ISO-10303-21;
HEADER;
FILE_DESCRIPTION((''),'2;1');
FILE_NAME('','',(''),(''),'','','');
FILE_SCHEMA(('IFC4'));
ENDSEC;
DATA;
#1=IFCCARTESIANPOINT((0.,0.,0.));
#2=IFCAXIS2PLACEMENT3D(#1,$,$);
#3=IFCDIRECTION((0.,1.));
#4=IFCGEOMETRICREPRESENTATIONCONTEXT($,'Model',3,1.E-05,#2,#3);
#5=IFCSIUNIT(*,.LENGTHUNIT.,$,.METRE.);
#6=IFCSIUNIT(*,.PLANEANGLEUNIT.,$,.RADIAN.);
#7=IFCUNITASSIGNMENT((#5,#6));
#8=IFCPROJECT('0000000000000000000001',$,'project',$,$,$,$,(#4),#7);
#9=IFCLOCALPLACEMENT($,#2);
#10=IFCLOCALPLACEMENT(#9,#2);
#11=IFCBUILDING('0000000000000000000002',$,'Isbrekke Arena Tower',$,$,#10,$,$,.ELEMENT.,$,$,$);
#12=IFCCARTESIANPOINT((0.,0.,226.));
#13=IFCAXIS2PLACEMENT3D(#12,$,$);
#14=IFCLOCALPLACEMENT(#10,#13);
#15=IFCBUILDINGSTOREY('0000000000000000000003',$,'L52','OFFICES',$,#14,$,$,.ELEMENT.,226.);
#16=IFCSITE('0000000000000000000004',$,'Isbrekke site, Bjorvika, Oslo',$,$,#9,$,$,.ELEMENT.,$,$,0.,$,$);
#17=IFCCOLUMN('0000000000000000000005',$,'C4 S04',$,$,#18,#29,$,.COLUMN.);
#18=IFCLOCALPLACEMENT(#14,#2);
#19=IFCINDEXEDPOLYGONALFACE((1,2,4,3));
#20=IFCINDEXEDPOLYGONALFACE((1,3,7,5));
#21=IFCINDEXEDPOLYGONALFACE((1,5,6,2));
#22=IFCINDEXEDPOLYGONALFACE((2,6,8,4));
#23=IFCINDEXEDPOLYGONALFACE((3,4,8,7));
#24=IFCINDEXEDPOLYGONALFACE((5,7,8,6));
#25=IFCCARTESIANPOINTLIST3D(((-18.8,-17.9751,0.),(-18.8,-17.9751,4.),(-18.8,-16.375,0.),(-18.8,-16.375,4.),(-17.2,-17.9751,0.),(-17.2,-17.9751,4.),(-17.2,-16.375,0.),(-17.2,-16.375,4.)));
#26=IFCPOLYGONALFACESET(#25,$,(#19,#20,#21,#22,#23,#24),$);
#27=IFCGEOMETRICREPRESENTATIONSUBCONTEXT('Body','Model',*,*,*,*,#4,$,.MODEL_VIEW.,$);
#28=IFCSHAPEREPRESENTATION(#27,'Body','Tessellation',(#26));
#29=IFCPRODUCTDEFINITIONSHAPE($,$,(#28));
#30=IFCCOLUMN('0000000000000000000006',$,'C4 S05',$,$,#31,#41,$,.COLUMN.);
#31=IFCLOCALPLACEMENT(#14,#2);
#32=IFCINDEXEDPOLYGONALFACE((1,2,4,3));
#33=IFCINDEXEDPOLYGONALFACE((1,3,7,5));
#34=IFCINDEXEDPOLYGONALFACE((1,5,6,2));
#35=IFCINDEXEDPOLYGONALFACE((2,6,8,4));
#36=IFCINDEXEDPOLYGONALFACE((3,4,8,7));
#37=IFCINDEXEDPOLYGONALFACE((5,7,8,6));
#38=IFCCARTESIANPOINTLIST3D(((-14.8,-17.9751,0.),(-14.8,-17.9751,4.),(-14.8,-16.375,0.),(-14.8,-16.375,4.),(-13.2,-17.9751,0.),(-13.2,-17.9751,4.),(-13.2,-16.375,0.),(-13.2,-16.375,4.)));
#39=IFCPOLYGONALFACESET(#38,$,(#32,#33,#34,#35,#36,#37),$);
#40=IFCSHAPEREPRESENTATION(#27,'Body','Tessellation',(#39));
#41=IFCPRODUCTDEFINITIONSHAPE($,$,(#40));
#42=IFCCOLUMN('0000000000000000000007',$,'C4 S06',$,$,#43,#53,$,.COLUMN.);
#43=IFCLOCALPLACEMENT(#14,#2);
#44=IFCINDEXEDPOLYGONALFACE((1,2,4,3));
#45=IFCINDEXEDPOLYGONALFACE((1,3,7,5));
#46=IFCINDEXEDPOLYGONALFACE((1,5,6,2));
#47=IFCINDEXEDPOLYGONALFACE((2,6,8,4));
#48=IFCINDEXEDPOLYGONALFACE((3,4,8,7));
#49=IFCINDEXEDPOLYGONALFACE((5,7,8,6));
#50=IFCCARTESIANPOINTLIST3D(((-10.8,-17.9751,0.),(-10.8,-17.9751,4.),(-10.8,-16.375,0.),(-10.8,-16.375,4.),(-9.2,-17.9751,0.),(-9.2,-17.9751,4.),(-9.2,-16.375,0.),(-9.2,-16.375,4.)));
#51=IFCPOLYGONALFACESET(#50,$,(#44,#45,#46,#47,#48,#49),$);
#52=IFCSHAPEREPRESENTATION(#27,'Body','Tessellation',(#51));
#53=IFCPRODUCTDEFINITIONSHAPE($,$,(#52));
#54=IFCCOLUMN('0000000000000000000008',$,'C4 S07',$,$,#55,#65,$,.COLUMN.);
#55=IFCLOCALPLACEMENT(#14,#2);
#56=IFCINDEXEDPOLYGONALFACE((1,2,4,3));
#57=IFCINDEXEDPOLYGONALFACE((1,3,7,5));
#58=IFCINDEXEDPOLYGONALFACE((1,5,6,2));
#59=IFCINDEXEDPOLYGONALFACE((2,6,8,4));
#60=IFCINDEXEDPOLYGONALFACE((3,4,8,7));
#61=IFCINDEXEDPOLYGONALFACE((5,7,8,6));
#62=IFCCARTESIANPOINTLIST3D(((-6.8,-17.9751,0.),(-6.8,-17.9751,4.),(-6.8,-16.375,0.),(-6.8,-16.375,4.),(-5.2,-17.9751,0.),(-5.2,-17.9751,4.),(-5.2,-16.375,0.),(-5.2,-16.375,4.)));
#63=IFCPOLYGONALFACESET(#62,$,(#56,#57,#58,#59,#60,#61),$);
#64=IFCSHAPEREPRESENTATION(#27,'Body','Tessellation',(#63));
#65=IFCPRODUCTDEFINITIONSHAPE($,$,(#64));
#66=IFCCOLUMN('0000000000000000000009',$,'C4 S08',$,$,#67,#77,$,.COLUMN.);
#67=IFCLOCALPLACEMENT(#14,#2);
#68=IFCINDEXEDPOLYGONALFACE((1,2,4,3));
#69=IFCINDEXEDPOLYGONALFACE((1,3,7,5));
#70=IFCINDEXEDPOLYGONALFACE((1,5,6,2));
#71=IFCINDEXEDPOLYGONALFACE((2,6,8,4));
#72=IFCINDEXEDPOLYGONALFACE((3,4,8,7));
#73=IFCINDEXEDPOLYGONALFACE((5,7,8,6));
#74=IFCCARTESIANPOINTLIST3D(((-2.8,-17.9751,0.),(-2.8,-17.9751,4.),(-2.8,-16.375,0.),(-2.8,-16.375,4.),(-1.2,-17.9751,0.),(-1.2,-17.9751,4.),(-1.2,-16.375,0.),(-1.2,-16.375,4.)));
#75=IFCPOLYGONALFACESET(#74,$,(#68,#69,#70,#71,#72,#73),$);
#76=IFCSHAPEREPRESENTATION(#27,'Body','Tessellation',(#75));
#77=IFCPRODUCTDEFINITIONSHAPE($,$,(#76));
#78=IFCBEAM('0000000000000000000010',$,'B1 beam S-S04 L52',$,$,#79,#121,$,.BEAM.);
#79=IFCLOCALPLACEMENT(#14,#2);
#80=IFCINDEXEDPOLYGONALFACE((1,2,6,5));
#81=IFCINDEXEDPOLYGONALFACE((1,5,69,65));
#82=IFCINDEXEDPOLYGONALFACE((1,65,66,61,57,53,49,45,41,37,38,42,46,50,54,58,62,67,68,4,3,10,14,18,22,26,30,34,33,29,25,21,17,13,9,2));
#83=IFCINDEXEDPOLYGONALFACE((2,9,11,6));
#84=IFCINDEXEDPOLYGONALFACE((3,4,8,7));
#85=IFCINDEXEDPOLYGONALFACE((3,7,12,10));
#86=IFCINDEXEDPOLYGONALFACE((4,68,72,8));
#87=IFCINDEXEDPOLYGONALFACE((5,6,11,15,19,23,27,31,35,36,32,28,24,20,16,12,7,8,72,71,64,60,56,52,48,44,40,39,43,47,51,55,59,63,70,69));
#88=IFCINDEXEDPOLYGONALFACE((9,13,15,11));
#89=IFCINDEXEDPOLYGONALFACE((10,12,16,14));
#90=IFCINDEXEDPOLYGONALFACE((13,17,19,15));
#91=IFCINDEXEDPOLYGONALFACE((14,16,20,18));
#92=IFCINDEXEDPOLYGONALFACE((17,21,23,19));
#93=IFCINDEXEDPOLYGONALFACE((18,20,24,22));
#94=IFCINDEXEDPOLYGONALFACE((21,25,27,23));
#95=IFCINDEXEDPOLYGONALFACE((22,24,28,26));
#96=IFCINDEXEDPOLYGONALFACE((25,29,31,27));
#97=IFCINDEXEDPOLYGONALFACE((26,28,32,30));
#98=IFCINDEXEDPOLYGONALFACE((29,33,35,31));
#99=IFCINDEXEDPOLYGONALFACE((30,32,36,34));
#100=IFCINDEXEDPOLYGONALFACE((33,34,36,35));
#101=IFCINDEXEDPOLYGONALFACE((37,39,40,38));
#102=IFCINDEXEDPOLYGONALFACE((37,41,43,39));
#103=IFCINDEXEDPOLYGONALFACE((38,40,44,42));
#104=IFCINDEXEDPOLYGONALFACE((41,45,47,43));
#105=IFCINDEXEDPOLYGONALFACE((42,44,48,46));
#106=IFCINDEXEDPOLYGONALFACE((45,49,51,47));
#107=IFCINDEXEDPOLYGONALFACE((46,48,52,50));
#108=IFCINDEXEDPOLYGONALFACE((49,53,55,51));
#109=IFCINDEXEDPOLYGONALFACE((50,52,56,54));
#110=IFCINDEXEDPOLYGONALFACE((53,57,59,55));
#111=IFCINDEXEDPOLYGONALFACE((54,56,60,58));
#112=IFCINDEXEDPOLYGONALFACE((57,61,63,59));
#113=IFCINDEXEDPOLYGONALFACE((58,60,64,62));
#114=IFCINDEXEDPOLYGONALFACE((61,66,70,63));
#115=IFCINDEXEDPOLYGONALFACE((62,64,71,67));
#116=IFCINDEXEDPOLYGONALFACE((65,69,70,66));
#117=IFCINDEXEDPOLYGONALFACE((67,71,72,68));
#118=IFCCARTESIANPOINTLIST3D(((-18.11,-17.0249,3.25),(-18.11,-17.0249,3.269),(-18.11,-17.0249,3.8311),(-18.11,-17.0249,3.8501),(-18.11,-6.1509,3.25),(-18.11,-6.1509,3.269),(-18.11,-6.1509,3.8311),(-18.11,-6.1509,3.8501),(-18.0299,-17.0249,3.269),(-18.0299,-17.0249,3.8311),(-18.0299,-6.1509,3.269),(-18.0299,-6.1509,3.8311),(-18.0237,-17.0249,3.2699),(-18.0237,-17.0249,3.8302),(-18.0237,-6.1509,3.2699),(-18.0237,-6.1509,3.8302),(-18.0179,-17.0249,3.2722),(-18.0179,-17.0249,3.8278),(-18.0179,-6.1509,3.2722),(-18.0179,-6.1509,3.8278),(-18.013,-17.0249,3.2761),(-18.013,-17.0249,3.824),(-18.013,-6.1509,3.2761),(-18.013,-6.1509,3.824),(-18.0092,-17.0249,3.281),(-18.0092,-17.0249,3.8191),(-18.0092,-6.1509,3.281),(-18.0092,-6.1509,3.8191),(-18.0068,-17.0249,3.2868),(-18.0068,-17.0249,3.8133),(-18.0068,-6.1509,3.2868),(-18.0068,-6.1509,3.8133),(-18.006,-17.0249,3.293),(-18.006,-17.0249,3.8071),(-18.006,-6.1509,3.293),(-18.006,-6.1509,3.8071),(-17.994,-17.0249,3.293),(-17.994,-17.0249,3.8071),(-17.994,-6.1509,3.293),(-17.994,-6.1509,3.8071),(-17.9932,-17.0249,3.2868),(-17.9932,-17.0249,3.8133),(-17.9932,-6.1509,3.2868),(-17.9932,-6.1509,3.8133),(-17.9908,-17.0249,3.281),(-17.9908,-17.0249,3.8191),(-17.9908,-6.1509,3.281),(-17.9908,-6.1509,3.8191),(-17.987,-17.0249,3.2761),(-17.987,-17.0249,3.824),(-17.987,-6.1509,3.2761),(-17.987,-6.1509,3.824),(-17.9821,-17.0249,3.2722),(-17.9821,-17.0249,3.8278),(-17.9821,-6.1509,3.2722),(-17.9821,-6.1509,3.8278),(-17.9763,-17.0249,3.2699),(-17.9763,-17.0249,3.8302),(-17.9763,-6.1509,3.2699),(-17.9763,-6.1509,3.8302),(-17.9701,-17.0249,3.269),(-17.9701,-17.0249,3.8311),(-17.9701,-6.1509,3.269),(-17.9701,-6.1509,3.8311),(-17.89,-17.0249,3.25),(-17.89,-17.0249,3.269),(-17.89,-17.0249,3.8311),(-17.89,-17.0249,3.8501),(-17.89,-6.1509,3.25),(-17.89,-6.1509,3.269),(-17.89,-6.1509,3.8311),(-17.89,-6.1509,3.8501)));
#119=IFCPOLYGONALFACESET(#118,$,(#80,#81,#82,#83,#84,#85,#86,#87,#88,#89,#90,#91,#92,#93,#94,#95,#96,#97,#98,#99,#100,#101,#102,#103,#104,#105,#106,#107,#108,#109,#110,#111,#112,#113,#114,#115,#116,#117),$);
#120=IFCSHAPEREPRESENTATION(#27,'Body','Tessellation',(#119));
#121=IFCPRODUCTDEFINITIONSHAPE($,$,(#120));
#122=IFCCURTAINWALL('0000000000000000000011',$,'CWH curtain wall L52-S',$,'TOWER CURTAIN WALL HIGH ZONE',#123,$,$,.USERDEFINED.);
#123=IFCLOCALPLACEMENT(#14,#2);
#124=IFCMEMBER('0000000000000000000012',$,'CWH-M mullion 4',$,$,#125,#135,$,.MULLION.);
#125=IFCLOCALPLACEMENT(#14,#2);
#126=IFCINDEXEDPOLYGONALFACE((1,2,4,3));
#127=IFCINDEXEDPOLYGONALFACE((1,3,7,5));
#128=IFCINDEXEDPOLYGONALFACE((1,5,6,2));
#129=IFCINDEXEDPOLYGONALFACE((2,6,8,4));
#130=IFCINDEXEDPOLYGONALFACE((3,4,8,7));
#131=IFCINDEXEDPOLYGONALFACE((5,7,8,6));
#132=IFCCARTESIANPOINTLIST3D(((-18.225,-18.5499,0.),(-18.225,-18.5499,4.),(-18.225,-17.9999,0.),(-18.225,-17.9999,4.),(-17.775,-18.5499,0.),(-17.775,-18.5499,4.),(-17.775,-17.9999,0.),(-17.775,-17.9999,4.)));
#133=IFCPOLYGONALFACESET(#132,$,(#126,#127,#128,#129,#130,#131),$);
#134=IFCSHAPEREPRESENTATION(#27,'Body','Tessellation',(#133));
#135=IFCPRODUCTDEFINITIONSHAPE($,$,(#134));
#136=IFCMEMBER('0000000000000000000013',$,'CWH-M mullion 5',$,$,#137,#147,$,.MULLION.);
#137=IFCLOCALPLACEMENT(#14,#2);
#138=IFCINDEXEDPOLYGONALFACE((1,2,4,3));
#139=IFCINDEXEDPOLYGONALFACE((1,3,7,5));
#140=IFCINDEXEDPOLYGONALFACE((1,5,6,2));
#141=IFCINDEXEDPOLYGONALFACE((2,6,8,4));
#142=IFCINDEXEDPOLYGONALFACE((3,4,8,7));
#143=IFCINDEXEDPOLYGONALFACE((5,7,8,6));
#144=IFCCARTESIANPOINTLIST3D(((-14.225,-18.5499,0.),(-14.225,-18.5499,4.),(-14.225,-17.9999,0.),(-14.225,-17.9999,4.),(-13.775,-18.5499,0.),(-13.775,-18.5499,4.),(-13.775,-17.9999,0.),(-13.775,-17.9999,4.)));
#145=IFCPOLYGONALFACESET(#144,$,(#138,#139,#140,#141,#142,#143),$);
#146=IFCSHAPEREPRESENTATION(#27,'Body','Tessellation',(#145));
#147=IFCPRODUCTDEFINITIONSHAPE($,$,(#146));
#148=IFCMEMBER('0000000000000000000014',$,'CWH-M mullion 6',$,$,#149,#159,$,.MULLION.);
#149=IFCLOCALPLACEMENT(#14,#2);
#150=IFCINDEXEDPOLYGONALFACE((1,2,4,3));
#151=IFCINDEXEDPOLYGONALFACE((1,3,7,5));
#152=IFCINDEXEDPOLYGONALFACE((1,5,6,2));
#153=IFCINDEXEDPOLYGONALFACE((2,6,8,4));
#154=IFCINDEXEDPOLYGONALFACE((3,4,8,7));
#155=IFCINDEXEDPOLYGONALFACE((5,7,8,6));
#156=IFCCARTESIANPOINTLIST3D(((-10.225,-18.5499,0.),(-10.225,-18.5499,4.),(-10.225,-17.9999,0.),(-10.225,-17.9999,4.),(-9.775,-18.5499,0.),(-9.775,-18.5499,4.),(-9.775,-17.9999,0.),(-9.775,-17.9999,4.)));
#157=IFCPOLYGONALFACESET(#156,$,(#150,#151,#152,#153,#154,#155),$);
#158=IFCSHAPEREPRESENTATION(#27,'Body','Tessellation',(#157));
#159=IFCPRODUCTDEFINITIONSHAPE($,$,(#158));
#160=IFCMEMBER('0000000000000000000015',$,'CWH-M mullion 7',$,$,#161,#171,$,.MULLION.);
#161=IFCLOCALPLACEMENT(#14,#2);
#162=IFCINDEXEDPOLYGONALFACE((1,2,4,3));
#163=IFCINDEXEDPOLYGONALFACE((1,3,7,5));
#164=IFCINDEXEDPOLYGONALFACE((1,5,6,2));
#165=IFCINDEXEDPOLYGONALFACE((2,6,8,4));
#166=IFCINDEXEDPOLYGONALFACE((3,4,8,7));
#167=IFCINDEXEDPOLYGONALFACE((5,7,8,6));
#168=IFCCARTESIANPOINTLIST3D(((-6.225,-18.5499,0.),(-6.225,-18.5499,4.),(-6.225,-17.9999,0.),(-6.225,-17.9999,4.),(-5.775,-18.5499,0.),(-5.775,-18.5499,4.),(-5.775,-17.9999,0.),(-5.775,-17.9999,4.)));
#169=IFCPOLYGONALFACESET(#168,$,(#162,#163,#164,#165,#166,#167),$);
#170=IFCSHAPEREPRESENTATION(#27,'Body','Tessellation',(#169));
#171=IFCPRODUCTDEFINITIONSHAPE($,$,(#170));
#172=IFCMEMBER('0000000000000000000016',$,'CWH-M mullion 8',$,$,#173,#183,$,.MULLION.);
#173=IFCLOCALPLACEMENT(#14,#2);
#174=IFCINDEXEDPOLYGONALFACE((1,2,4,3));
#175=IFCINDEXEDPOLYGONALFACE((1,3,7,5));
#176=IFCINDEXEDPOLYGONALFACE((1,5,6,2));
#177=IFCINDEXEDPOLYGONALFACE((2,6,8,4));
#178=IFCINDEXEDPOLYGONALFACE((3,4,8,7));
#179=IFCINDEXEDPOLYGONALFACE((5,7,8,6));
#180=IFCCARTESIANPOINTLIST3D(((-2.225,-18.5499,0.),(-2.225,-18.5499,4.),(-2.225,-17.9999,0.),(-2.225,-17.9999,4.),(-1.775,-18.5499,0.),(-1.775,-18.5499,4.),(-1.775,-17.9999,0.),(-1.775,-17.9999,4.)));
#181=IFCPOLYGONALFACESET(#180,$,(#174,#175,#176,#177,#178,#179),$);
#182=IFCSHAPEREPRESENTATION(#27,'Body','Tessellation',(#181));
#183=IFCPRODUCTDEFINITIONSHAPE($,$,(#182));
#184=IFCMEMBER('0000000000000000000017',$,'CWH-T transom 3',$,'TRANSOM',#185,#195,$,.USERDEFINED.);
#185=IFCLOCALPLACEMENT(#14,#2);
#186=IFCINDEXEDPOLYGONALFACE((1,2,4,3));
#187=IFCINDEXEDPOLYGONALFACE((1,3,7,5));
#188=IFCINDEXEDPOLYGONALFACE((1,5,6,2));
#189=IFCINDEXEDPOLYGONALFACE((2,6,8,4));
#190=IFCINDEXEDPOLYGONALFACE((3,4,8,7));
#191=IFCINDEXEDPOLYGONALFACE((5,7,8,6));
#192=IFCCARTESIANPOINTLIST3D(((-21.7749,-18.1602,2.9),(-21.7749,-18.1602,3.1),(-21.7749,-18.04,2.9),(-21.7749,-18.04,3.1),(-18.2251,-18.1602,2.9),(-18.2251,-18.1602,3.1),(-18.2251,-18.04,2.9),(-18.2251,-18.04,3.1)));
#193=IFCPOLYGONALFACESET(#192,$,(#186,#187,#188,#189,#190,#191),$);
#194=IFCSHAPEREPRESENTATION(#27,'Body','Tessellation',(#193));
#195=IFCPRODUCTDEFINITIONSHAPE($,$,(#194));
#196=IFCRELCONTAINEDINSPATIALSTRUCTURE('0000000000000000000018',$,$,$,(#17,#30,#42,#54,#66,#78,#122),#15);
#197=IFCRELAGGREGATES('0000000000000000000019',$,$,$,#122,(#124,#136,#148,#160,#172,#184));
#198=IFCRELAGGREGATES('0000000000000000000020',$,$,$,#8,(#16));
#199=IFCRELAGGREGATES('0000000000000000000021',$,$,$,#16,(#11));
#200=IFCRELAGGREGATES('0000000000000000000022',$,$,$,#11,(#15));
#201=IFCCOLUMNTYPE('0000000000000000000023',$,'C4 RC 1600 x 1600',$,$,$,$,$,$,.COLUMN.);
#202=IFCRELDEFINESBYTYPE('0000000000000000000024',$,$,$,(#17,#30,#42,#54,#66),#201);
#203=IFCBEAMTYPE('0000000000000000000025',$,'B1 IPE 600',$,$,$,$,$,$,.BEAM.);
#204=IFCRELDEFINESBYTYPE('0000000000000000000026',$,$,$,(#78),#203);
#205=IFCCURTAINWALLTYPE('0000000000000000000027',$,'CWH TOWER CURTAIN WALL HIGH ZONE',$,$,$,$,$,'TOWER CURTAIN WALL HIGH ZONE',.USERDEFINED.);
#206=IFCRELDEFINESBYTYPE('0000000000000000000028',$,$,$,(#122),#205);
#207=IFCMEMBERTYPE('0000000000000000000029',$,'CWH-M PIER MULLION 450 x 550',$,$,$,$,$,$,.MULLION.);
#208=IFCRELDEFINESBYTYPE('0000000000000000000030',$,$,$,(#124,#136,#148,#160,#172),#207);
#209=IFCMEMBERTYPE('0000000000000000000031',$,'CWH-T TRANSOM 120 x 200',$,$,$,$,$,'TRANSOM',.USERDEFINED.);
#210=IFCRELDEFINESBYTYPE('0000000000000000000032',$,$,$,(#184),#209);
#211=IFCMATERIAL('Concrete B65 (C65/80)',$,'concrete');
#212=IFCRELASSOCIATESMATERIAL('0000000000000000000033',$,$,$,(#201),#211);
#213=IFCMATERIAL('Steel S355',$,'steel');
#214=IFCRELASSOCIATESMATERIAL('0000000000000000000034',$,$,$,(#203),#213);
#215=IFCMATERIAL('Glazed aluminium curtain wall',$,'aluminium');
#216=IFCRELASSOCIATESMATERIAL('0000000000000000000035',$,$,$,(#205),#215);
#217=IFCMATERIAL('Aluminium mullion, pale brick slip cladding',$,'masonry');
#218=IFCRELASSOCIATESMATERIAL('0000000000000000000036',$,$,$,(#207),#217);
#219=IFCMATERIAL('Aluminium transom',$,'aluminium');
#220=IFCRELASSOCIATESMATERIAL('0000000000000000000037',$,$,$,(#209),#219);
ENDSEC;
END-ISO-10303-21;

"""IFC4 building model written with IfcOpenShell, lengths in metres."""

from ifc_helpers import new_model, si_unit, direction, frame, origin, origin_2d, place, context, subcontext, project, spatial, rectangle, i_section, extrude, material, material_profile, profile_set, type_object, element, aggregate, save


model = new_model("IFC4")

# Units and contexts
model_context = context("Model", 3, precision=1e-05, world=origin(), true_north=direction((0.0, 1.0)))
body_context = subcontext(model_context, "Body", "Model", "MODEL_VIEW")
ifc_project = project(units=[si_unit("LENGTHUNIT", "METRE"), si_unit("PLANEANGLEUNIT", "RADIAN")], contexts=[model_context])

# Site, building, storey
site_placement = place(None, origin())
site = spatial("IfcSite", under=ifc_project, at=site_placement, Name="Isbrekke site, Bjorvika, Oslo", CompositionType="ELEMENT", RefElevation=0.0)
building_placement = place(site_placement, origin())
building = spatial("IfcBuilding", under=site, at=building_placement, Name="Isbrekke Arena Tower", CompositionType="ELEMENT")
storey_placement = place(building_placement, frame((0.0, 0.0, 226.0)))
storey = spatial("IfcBuildingStorey", under=building, at=storey_placement, Name="L52", Description="OFFICES", CompositionType="ELEMENT", Elevation=226.0)

# Columns
ifc_material_1 = material(Name="Concrete B65 (C65/80)", Category="concrete")
ifc_material_profile_1 = material_profile(ifc_material_1, rectangle(XDim=1.6001, YDim=1.6001, at=origin_2d()), Name="RC 1600x1600")
ifc_profile_set_1 = profile_set([ifc_material_profile_1], Name="Concrete B65 (C65/80)")
column_type = type_object("IfcColumnType", Name="C4 RC 1600 x 1600", PredefinedType="COLUMN", material=ifc_profile_set_1)
for number, where, z_axis, x_axis, name in (
    (1, (-18.0, -17.175, 0.0), (0.0, 0.0, 1.0), (1.0, 0.0, 0.0), "C4 S04"),
    (2, (-14.0, -17.175, 0.0), (0.0, 0.0, 1.0), (1.0, 0.0, 0.0), "C4 S05"),
    (3, (-10.0, -17.175, 0.0), (0.0, 0.0, 1.0), (1.0, 0.0, 0.0), "C4 S06"),
    (4, (-6.0, -17.175, 0.0), (0.0, 0.0, 1.0), (1.0, 0.0, 0.0), "C4 S07"),
    (5, (-2.0, -17.175, 0.0), (0.0, 0.0, 1.0), (1.0, 0.0, 0.0), "C4 S08"),
):
    element("IfcColumn", number, at=place(storey_placement, frame(where, z_axis=z_axis, x_axis=x_axis)), inside=storey, type_object=column_type, Name=name, PredefinedType="COLUMN", context=body_context, shape_type="SweptSolid", body=[
        extrude(rectangle(XDim=1.6001, YDim=1.6001, at=origin_2d()), origin(), (0.0, 0.0, 1.0), 4.0),
    ])

# Beam
ifc_material_2 = material(Name="Steel S355", Category="steel")
ifc_material_profile_2 = material_profile(ifc_material_2, i_section(OverallWidth=0.22, OverallDepth=0.6001, WebThickness=0.012, FlangeThickness=0.019, FilletRadius=0.0239, at=origin_2d()), Name="IPE 600")
ifc_profile_set_2 = profile_set([ifc_material_profile_2], Name="Steel S355")
beam_type_1 = type_object("IfcBeamType", Name="B1 IPE 600", PredefinedType="BEAM", material=ifc_profile_set_2)
beam_placement = place(storey_placement, frame((-18.0, -17.0249, 3.55), z_axis=(0.0, 1.0, 0.0), x_axis=(-1.0, 0.0, 0.0)))
element("IfcBeam", 6, at=beam_placement, inside=storey, type_object=beam_type_1, Name="B1 beam S-S04 L52", PredefinedType="BEAM", context=body_context, shape_type="SweptSolid", body=[
    extrude(i_section(OverallWidth=0.22, OverallDepth=0.6001, WebThickness=0.012, FlangeThickness=0.019, FilletRadius=0.0239, at=origin_2d()), origin(), (0.0, 0.0, 1.0), 10.874),
])

# Curtain wall, members
ifc_material_3 = material(Name="Glazed aluminium curtain wall", Category="aluminium")
curtain_wall_type = type_object("IfcCurtainWallType", Name="CWH TOWER CURTAIN WALL HIGH ZONE", ElementType="TOWER CURTAIN WALL HIGH ZONE", PredefinedType="USERDEFINED", material=ifc_material_3)
curtain_wall_placement = place(storey_placement, origin())
curtain_wall = element("IfcCurtainWall", 7, at=curtain_wall_placement, inside=storey, type_object=curtain_wall_type, Name="CWH curtain wall L52-S", ObjectType="TOWER CURTAIN WALL HIGH ZONE", PredefinedType="USERDEFINED")
ifc_material_4 = material(Name="Aluminium mullion, pale brick slip cladding", Category="masonry")
ifc_material_profile_3 = material_profile(ifc_material_4, rectangle(XDim=0.45, YDim=0.55, at=origin_2d()), Name="PIER 450X550")
ifc_profile_set_3 = profile_set([ifc_material_profile_3], Name="Aluminium mullion, pale brick slip cladding")
member_type_1 = type_object("IfcMemberType", Name="CWH-M PIER MULLION 450 x 550", PredefinedType="MULLION", material=ifc_profile_set_3)
member_1_placement = place(storey_placement, frame((-18.0, -18.2749, 0.0), z_axis=(0.0, 0.0, 1.0), x_axis=(1.0, 0.0, 0.0)))
member_1 = element("IfcMember", 8, at=member_1_placement, type_object=member_type_1, Name="CWH-M mullion 4", PredefinedType="MULLION", context=body_context, shape_type="SweptSolid", body=[
    extrude(rectangle(XDim=0.45, YDim=0.55, at=origin_2d()), origin(), (0.0, 0.0, 1.0), 4.0),
])
member_2_placement = place(storey_placement, frame((-14.0, -18.2749, 0.0), z_axis=(0.0, 0.0, 1.0), x_axis=(1.0, 0.0, 0.0)))
member_2 = element("IfcMember", 9, at=member_2_placement, type_object=member_type_1, Name="CWH-M mullion 5", PredefinedType="MULLION", context=body_context, shape_type="SweptSolid", body=[
    extrude(rectangle(XDim=0.45, YDim=0.55, at=origin_2d()), origin(), (0.0, 0.0, 1.0), 4.0),
])
member_3_placement = place(storey_placement, frame((-10.0, -18.2749, 0.0), z_axis=(0.0, 0.0, 1.0), x_axis=(1.0, 0.0, 0.0)))
member_3 = element("IfcMember", 10, at=member_3_placement, type_object=member_type_1, Name="CWH-M mullion 6", PredefinedType="MULLION", context=body_context, shape_type="SweptSolid", body=[
    extrude(rectangle(XDim=0.45, YDim=0.55, at=origin_2d()), origin(), (0.0, 0.0, 1.0), 4.0),
])
member_4_placement = place(storey_placement, frame((-6.0, -18.2749, 0.0), z_axis=(0.0, 0.0, 1.0), x_axis=(1.0, 0.0, 0.0)))
member_4 = element("IfcMember", 11, at=member_4_placement, type_object=member_type_1, Name="CWH-M mullion 7", PredefinedType="MULLION", context=body_context, shape_type="SweptSolid", body=[
    extrude(rectangle(XDim=0.45, YDim=0.55, at=origin_2d()), origin(), (0.0, 0.0, 1.0), 4.0),
])
member_5_placement = place(storey_placement, frame((-2.0, -18.2749, 0.0), z_axis=(0.0, 0.0, 1.0), x_axis=(1.0, 0.0, 0.0)))
member_5 = element("IfcMember", 12, at=member_5_placement, type_object=member_type_1, Name="CWH-M mullion 8", PredefinedType="MULLION", context=body_context, shape_type="SweptSolid", body=[
    extrude(rectangle(XDim=0.45, YDim=0.55, at=origin_2d()), origin(), (0.0, 0.0, 1.0), 4.0),
])
ifc_material_5 = material(Name="Aluminium transom", Category="aluminium")
ifc_material_profile_4 = material_profile(ifc_material_5, rectangle(XDim=0.1201, YDim=0.2, at=origin_2d()), Name="TRANSOM 120X200")
ifc_profile_set_4 = profile_set([ifc_material_profile_4], Name="Aluminium transom")
member_type_2 = type_object("IfcMemberType", Name="CWH-T TRANSOM 120 x 200", ElementType="TRANSOM", PredefinedType="USERDEFINED", material=ifc_profile_set_4)
member_6_placement = place(storey_placement, frame((-21.7749, -18.1001, 3.0), z_axis=(1.0, 0.0, 0.0), x_axis=(0.0, 1.0, 0.0)))
member_6 = element("IfcMember", 13, at=member_6_placement, type_object=member_type_2, Name="CWH-T transom 3", ObjectType="TRANSOM", PredefinedType="USERDEFINED", context=body_context, shape_type="SweptSolid", body=[
    extrude(rectangle(XDim=0.1201, YDim=0.2, at=origin_2d()), origin(), (0.0, 0.0, 1.0), 3.5498),
])

aggregate(curtain_wall, [member_1, member_2, member_3, member_4, member_5, member_6])

save(model, "model.ifc")
